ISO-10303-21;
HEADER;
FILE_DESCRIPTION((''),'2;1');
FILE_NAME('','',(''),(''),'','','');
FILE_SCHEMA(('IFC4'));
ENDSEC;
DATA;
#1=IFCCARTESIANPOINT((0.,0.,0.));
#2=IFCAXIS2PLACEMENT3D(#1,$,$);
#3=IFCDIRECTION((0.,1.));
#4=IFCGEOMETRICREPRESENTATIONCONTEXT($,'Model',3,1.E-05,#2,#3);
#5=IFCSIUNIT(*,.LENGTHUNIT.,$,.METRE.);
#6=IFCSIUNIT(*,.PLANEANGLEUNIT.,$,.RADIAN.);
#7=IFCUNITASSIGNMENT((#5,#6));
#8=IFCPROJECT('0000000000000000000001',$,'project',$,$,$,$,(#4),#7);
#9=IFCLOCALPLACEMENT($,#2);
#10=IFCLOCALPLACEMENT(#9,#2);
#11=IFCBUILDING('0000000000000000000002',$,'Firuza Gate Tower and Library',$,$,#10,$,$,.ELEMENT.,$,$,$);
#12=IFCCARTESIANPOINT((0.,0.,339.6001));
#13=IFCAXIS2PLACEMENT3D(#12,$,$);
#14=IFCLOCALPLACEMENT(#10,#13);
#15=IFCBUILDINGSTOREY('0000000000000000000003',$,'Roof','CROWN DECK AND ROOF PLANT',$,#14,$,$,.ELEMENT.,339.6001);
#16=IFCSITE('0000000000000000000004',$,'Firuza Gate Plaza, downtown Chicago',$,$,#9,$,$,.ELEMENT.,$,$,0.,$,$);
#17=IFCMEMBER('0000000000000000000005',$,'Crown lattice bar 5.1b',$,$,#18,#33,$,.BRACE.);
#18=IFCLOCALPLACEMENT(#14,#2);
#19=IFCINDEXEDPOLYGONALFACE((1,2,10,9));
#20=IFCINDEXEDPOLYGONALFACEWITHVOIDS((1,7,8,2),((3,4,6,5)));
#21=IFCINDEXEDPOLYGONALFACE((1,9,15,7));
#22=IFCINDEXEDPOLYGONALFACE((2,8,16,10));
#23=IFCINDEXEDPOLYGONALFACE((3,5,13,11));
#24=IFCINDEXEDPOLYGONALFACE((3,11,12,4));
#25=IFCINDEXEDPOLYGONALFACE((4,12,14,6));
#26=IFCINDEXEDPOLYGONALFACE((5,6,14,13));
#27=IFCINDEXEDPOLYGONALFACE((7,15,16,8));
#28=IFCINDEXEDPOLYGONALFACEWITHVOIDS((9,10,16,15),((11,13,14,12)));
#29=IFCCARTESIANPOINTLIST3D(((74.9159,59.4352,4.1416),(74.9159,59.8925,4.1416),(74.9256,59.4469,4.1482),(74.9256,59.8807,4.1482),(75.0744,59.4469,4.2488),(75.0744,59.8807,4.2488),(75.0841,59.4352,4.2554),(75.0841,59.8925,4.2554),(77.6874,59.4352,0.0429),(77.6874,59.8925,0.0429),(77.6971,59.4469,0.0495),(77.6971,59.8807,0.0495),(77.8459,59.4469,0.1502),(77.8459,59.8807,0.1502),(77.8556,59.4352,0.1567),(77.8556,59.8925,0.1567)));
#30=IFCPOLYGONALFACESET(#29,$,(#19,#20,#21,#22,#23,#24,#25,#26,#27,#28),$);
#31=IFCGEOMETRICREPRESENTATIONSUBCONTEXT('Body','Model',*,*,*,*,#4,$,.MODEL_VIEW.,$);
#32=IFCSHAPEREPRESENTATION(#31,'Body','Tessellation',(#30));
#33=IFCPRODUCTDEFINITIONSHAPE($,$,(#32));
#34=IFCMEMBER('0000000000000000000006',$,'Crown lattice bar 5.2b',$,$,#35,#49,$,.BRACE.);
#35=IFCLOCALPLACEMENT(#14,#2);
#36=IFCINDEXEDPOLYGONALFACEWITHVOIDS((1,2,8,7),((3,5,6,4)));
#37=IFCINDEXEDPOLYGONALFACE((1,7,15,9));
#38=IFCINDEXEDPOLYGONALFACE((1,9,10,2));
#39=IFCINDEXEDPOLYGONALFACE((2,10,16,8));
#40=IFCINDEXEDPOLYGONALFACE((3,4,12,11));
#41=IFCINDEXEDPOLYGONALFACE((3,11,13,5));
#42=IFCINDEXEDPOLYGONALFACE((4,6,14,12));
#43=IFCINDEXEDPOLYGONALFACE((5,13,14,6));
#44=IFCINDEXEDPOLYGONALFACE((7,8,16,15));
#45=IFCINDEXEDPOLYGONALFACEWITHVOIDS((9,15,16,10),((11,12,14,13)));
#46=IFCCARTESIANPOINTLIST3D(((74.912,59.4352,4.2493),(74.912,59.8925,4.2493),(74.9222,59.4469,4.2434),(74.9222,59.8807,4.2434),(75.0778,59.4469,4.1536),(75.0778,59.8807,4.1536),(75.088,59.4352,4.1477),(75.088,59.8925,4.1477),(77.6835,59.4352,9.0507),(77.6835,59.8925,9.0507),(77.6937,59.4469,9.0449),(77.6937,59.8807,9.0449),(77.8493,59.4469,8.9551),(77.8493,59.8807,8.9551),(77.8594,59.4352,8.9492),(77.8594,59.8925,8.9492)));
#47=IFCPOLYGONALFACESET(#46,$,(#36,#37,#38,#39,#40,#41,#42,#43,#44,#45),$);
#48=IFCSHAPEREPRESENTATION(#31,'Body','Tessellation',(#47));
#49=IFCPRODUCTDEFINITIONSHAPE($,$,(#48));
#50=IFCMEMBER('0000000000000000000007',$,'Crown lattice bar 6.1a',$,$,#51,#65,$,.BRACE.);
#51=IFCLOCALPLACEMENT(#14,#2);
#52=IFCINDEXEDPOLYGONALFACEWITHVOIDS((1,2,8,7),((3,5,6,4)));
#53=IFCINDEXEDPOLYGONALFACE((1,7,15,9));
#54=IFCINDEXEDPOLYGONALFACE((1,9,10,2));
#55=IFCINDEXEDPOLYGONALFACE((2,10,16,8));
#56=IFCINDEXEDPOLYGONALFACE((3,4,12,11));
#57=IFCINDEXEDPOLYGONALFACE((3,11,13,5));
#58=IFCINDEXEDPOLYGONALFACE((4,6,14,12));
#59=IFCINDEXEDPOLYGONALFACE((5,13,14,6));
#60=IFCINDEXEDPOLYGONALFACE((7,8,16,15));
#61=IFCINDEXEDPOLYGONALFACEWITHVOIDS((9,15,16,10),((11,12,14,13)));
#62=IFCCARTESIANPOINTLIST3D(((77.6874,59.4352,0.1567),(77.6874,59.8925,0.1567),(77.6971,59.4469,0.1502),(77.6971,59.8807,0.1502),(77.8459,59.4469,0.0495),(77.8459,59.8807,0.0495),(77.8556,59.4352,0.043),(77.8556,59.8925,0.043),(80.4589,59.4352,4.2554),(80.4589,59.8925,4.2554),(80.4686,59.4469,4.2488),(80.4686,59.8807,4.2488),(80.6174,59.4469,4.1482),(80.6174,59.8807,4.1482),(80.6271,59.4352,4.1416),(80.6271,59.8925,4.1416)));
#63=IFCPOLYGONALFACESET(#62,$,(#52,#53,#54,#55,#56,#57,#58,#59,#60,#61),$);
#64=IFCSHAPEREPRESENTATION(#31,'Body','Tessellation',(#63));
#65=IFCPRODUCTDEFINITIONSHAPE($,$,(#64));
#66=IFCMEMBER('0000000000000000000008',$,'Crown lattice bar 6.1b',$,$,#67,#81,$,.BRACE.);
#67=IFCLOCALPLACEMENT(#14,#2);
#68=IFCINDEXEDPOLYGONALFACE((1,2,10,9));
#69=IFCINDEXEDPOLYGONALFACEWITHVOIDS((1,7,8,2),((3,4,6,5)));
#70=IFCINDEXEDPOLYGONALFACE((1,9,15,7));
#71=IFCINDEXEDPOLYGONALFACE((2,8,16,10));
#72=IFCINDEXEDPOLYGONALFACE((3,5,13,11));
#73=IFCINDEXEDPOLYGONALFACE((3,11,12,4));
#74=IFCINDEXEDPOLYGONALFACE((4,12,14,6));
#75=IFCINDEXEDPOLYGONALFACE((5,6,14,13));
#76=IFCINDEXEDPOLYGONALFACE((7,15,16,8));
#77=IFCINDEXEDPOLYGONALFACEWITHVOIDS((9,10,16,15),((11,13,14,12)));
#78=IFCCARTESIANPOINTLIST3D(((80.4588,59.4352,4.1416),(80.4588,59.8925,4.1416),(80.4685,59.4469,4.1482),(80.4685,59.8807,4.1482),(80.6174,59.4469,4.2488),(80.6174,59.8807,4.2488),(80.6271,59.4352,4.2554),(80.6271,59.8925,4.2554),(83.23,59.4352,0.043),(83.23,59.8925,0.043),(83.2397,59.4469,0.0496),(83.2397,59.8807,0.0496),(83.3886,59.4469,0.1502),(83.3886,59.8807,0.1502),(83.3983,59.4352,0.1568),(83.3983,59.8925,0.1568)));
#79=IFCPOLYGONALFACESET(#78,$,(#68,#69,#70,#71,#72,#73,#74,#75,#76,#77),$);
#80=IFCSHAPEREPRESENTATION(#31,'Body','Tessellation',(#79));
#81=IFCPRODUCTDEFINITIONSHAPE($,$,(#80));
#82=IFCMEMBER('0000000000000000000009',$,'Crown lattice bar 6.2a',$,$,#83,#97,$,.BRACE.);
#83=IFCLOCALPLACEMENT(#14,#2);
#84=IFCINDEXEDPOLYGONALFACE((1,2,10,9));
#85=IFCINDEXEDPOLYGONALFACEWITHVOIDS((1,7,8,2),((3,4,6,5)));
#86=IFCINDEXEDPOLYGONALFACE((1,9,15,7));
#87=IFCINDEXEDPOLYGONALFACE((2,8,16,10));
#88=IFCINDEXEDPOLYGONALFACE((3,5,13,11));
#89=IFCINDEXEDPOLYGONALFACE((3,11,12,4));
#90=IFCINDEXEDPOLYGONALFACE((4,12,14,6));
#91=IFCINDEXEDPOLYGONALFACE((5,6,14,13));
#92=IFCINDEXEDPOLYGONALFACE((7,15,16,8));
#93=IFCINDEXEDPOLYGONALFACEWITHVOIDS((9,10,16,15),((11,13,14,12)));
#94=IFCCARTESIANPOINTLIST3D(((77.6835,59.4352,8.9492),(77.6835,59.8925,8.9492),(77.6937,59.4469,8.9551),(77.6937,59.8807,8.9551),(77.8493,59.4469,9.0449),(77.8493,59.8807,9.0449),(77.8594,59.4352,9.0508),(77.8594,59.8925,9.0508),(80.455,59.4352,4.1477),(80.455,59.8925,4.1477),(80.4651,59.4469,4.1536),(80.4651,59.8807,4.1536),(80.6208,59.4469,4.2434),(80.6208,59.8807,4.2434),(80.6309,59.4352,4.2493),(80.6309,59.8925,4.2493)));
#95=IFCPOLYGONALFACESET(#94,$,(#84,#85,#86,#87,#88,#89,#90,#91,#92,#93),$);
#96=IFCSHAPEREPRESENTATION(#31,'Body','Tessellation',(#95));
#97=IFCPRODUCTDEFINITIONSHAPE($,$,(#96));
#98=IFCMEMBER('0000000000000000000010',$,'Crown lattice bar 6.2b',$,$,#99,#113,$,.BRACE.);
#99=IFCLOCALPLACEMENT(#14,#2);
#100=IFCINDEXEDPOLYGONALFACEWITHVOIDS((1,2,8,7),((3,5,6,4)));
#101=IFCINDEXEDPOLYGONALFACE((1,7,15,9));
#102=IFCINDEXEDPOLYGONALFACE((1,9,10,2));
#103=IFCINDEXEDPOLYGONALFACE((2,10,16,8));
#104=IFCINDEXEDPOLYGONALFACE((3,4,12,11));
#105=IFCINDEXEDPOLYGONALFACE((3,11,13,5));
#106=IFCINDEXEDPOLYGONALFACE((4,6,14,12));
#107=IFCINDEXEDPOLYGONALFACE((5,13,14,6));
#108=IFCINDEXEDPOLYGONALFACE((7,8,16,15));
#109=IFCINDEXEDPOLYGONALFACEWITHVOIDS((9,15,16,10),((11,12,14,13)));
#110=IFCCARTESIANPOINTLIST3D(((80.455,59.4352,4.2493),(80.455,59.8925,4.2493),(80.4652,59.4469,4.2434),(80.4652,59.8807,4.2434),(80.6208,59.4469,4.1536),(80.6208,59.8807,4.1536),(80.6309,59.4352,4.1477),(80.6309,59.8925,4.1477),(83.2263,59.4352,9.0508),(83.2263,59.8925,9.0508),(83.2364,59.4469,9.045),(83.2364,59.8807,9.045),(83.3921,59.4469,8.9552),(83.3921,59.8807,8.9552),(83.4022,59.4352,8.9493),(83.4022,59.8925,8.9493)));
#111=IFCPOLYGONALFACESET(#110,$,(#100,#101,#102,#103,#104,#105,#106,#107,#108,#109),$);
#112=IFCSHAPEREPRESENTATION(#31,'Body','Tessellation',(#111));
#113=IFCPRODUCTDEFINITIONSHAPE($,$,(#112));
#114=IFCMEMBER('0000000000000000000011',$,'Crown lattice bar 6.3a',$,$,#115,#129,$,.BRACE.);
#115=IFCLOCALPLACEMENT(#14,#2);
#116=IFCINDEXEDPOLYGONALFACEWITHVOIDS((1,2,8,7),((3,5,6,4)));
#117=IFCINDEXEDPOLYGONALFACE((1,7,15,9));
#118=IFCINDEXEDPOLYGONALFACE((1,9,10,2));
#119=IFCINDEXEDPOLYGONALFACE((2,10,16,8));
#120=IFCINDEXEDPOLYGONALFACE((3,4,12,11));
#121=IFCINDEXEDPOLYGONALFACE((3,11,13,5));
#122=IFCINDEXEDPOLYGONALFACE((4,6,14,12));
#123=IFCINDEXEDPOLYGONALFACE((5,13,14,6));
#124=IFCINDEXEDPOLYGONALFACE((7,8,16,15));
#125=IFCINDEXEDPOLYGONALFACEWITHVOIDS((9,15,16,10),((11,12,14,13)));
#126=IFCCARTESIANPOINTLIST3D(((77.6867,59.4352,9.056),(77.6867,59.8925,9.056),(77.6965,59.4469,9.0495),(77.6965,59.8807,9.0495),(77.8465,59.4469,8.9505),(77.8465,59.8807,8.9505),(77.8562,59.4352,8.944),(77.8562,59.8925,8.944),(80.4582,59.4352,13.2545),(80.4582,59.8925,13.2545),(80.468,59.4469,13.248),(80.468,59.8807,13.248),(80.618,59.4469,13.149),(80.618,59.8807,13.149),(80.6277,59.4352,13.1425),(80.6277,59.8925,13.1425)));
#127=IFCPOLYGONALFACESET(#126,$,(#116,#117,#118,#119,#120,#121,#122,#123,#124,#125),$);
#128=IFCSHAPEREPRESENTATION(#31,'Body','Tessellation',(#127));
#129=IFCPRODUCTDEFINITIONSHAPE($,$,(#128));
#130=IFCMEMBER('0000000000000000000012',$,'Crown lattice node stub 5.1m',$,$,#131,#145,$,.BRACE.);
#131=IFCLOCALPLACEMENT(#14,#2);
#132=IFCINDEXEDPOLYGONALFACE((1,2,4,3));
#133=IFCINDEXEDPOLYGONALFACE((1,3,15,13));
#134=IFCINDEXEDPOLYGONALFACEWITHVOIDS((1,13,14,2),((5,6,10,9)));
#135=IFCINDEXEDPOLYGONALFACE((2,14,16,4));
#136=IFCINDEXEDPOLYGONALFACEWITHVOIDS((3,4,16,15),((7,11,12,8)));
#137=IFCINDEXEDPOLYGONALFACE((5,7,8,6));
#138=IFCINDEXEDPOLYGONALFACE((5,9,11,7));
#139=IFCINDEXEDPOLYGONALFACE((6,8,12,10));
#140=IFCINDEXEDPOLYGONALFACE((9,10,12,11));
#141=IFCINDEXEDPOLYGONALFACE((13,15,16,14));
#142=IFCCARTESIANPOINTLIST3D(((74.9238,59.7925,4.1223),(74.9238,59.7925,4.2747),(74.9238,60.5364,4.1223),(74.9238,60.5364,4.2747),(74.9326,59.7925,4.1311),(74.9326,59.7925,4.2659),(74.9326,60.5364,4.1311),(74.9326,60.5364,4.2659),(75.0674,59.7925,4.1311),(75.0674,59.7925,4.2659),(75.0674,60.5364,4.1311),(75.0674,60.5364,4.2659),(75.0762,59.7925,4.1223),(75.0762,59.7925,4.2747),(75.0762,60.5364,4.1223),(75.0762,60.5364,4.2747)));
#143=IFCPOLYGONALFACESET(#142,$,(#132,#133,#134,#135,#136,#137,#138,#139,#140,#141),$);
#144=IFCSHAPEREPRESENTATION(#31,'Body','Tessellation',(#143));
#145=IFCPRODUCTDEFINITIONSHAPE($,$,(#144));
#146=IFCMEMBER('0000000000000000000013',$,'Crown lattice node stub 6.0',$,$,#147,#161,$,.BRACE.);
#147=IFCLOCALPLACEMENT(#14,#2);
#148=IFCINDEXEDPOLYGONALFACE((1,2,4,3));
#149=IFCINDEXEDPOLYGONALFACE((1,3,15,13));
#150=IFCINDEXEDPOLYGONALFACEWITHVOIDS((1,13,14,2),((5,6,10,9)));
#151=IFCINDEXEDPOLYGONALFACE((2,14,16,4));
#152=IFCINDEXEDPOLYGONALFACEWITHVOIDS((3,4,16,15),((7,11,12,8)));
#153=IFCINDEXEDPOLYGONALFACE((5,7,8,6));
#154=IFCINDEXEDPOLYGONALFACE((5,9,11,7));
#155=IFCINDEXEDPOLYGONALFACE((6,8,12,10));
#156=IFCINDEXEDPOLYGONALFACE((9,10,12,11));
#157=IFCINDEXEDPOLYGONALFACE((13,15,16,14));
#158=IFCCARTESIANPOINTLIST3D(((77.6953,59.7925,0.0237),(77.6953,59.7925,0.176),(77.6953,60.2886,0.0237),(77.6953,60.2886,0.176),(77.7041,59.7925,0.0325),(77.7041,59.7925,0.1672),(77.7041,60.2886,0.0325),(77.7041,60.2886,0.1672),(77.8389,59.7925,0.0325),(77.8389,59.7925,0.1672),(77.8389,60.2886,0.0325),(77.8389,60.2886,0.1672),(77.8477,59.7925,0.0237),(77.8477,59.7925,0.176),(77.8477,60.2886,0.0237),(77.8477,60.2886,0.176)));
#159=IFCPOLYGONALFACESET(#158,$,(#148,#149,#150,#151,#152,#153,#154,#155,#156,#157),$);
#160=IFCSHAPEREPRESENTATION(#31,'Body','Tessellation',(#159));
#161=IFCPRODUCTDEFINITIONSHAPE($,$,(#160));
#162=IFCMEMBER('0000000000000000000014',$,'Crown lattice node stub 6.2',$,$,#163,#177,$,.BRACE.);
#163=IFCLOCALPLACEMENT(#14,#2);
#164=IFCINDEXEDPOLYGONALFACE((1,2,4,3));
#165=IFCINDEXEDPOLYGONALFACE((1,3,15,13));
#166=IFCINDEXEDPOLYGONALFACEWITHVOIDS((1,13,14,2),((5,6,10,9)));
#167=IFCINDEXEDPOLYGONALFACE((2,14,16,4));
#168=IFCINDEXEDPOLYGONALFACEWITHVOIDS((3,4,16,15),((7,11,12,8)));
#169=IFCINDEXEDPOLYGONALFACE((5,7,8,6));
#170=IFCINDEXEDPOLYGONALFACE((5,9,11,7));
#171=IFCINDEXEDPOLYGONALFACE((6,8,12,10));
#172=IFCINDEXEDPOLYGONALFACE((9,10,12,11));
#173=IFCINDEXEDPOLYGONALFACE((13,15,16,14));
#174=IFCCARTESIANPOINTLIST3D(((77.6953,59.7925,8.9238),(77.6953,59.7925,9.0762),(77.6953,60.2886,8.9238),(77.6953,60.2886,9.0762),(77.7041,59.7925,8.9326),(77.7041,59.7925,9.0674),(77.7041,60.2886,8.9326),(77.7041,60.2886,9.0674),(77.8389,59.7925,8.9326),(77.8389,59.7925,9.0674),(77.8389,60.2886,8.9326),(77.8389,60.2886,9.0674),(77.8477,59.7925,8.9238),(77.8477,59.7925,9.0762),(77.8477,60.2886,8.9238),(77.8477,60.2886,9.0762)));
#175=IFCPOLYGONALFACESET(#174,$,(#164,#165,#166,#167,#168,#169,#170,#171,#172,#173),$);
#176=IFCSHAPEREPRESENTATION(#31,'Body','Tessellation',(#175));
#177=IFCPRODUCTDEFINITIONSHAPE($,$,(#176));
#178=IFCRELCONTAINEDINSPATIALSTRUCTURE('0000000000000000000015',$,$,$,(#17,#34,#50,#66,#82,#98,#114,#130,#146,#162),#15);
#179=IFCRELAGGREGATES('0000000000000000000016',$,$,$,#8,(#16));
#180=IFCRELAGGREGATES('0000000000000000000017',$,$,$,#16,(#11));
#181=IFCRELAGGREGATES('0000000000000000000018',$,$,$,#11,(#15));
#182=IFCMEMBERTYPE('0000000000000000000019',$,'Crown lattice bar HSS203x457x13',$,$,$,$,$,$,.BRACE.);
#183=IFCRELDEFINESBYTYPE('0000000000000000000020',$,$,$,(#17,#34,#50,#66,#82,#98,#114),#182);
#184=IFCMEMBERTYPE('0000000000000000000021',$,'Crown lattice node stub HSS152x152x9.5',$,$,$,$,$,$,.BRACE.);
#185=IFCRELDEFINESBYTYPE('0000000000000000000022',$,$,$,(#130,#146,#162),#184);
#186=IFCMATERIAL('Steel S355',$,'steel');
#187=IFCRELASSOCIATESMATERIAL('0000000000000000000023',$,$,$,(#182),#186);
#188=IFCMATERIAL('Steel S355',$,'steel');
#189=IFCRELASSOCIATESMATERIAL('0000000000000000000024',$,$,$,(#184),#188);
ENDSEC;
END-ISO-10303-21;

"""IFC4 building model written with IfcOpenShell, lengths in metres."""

from ifc_helpers import new_model, si_unit, direction, frame, origin, origin_2d, place, context, subcontext, project, spatial, hollow_rectangle, extrude, material, material_profile, profile_set, type_object, element, save


model = new_model("IFC4")

# Units and contexts
model_context = context("Model", 3, precision=1e-05, world=origin(), true_north=direction((0.0, 1.0)))
body_context = subcontext(model_context, "Body", "Model", "MODEL_VIEW")
ifc_project = project(units=[si_unit("LENGTHUNIT", "METRE"), si_unit("PLANEANGLEUNIT", "RADIAN")], contexts=[model_context])

# Site, building, storey
site_placement = place(None, origin())
site = spatial("IfcSite", under=ifc_project, at=site_placement, Name="Firuza Gate Plaza, downtown Chicago", CompositionType="ELEMENT", RefElevation=0.0)
building_placement = place(site_placement, origin())
building = spatial("IfcBuilding", under=site, at=building_placement, Name="Firuza Gate Tower and Library", CompositionType="ELEMENT")
storey_placement = place(building_placement, frame((0.0, 0.0, 339.6001)))
storey = spatial("IfcBuildingStorey", under=building, at=storey_placement, Name="Roof", Description="CROWN DECK AND ROOF PLANT", CompositionType="ELEMENT", Elevation=339.6001)

# Members
ifc_material_1 = material(Name="Steel S355", Category="steel")
ifc_material_profile_1 = material_profile(ifc_material_1, hollow_rectangle(XDim=0.4573, YDim=0.2031, WallThickness=0.0117, at=origin_2d()))
ifc_profile_set_1 = profile_set([ifc_material_profile_1], Name="Steel S355")
member_type_1 = type_object("IfcMemberType", Name="Crown lattice bar HSS203x457x13", PredefinedType="BRACE", material=ifc_profile_set_1)
member_1_placement = place(storey_placement, frame((75.0, 59.6638, 4.1985), z_axis=(0.560154, 0.0, -0.828388), x_axis=(0.0, 1.0, 0.0)))
element("IfcMember", 1, at=member_1_placement, inside=storey, type_object=member_type_1, Name="Crown lattice bar 5.1b", PredefinedType="BRACE", context=body_context, shape_type="SweptSolid", body=[
    extrude(hollow_rectangle(XDim=0.4573, YDim=0.2031, WallThickness=0.0117, at=origin_2d()), origin(), (0.0, 0.0, 1.0), 4.9478),
])
member_2_placement = place(storey_placement, frame((75.0, 59.6638, 4.1985), z_axis=(0.499909, 0.0, 0.866078), x_axis=(0.0, 1.0, 0.0)))
element("IfcMember", 2, at=member_2_placement, inside=storey, type_object=member_type_1, Name="Crown lattice bar 5.2b", PredefinedType="BRACE", context=body_context, shape_type="SweptSolid", body=[
    extrude(hollow_rectangle(XDim=0.4573, YDim=0.2031, WallThickness=0.0117, at=origin_2d()), origin(), (0.0, 0.0, 1.0), 5.5439),
])
member_3_placement = place(storey_placement, frame((77.7715, 59.6638, 0.0999), z_axis=(0.560154, 0.0, 0.828388), x_axis=(0.0, 1.0, 0.0)))
element("IfcMember", 3, at=member_3_placement, inside=storey, type_object=member_type_1, Name="Crown lattice bar 6.1a", PredefinedType="BRACE", context=body_context, shape_type="SweptSolid", body=[
    extrude(hollow_rectangle(XDim=0.4573, YDim=0.2031, WallThickness=0.0117, at=origin_2d()), origin(), (0.0, 0.0, 1.0), 4.9478),
])
member_4_placement = place(storey_placement, frame((80.543, 59.6638, 4.1985), z_axis=(0.56012, 0.0, -0.828411), x_axis=(0.0, 1.0, 0.0)))
element("IfcMember", 4, at=member_4_placement, inside=storey, type_object=member_type_1, Name="Crown lattice bar 6.1b", PredefinedType="BRACE", context=body_context, shape_type="SweptSolid", body=[
    extrude(hollow_rectangle(XDim=0.4573, YDim=0.2031, WallThickness=0.0117, at=origin_2d()), origin(), (0.0, 0.0, 1.0), 4.9475),
])
for number, where, z_axis, x_axis, name in (
    (5, (77.7715, 59.6638, 9.0), (0.499909, 0.0, -0.866078), (0.0, 1.0, 0.0), "Crown lattice bar 6.2a"),
    (6, (80.543, 59.6638, 4.1985), (0.499876, 0.0, 0.866097), (0.0, 1.0, 0.0), "Crown lattice bar 6.2b"),
):
    element("IfcMember", number, at=place(storey_placement, frame(where, z_axis=z_axis, x_axis=x_axis)), inside=storey, type_object=member_type_1, Name=name, PredefinedType="BRACE", context=body_context, shape_type="SweptSolid", body=[
        extrude(hollow_rectangle(XDim=0.4573, YDim=0.2031, WallThickness=0.0117, at=origin_2d()), origin(), (0.0, 0.0, 1.0), 5.5439),
    ])
member_5_placement = place(storey_placement, frame((77.7715, 59.6638, 9.0), z_axis=(0.550909, 0.0, 0.834565), x_axis=(0.0, 1.0, 0.0)))
element("IfcMember", 7, at=member_5_placement, inside=storey, type_object=member_type_1, Name="Crown lattice bar 6.3a", PredefinedType="BRACE", context=body_context, shape_type="SweptSolid", body=[
    extrude(hollow_rectangle(XDim=0.4573, YDim=0.2031, WallThickness=0.0117, at=origin_2d()), origin(), (0.0, 0.0, 1.0), 5.0308),
])
ifc_material_2 = material(Name="Steel S355", Category="steel")
ifc_material_profile_2 = material_profile(ifc_material_2, hollow_rectangle(XDim=0.1523, YDim=0.1523, WallThickness=0.0088, at=origin_2d()))
ifc_profile_set_2 = profile_set([ifc_material_profile_2], Name="Steel S355")
member_type_2 = type_object("IfcMemberType", Name="Crown lattice node stub HSS152x152x9.5", PredefinedType="BRACE", material=ifc_profile_set_2)
member_6_placement = place(storey_placement, frame((75.0, 60.5364, 4.1985), z_axis=(0.0, -1.0, 0.0), x_axis=(1.0, 0.0, 0.0)))
element("IfcMember", 8, at=member_6_placement, inside=storey, type_object=member_type_2, Name="Crown lattice node stub 5.1m", PredefinedType="BRACE", context=body_context, shape_type="SweptSolid", body=[
    extrude(hollow_rectangle(XDim=0.1523, YDim=0.1523, WallThickness=0.0088, at=origin_2d()), origin(), (0.0, 0.0, 1.0), 0.7439),
])
for number, where, z_axis, x_axis, name in (
    (9, (77.7715, 60.2886, 0.0999), (0.0, -1.0, 0.0), (1.0, 0.0, 0.0), "Crown lattice node stub 6.0"),
    (10, (77.7715, 60.2886, 9.0), (0.0, -1.0, 0.0), (1.0, 0.0, 0.0), "Crown lattice node stub 6.2"),
):
    element("IfcMember", number, at=place(storey_placement, frame(where, z_axis=z_axis, x_axis=x_axis)), inside=storey, type_object=member_type_2, Name=name, PredefinedType="BRACE", context=body_context, shape_type="SweptSolid", body=[
        extrude(hollow_rectangle(XDim=0.1523, YDim=0.1523, WallThickness=0.0088, at=origin_2d()), origin(), (0.0, 0.0, 1.0), 0.4961),
    ])

save(model, "model.ifc")
